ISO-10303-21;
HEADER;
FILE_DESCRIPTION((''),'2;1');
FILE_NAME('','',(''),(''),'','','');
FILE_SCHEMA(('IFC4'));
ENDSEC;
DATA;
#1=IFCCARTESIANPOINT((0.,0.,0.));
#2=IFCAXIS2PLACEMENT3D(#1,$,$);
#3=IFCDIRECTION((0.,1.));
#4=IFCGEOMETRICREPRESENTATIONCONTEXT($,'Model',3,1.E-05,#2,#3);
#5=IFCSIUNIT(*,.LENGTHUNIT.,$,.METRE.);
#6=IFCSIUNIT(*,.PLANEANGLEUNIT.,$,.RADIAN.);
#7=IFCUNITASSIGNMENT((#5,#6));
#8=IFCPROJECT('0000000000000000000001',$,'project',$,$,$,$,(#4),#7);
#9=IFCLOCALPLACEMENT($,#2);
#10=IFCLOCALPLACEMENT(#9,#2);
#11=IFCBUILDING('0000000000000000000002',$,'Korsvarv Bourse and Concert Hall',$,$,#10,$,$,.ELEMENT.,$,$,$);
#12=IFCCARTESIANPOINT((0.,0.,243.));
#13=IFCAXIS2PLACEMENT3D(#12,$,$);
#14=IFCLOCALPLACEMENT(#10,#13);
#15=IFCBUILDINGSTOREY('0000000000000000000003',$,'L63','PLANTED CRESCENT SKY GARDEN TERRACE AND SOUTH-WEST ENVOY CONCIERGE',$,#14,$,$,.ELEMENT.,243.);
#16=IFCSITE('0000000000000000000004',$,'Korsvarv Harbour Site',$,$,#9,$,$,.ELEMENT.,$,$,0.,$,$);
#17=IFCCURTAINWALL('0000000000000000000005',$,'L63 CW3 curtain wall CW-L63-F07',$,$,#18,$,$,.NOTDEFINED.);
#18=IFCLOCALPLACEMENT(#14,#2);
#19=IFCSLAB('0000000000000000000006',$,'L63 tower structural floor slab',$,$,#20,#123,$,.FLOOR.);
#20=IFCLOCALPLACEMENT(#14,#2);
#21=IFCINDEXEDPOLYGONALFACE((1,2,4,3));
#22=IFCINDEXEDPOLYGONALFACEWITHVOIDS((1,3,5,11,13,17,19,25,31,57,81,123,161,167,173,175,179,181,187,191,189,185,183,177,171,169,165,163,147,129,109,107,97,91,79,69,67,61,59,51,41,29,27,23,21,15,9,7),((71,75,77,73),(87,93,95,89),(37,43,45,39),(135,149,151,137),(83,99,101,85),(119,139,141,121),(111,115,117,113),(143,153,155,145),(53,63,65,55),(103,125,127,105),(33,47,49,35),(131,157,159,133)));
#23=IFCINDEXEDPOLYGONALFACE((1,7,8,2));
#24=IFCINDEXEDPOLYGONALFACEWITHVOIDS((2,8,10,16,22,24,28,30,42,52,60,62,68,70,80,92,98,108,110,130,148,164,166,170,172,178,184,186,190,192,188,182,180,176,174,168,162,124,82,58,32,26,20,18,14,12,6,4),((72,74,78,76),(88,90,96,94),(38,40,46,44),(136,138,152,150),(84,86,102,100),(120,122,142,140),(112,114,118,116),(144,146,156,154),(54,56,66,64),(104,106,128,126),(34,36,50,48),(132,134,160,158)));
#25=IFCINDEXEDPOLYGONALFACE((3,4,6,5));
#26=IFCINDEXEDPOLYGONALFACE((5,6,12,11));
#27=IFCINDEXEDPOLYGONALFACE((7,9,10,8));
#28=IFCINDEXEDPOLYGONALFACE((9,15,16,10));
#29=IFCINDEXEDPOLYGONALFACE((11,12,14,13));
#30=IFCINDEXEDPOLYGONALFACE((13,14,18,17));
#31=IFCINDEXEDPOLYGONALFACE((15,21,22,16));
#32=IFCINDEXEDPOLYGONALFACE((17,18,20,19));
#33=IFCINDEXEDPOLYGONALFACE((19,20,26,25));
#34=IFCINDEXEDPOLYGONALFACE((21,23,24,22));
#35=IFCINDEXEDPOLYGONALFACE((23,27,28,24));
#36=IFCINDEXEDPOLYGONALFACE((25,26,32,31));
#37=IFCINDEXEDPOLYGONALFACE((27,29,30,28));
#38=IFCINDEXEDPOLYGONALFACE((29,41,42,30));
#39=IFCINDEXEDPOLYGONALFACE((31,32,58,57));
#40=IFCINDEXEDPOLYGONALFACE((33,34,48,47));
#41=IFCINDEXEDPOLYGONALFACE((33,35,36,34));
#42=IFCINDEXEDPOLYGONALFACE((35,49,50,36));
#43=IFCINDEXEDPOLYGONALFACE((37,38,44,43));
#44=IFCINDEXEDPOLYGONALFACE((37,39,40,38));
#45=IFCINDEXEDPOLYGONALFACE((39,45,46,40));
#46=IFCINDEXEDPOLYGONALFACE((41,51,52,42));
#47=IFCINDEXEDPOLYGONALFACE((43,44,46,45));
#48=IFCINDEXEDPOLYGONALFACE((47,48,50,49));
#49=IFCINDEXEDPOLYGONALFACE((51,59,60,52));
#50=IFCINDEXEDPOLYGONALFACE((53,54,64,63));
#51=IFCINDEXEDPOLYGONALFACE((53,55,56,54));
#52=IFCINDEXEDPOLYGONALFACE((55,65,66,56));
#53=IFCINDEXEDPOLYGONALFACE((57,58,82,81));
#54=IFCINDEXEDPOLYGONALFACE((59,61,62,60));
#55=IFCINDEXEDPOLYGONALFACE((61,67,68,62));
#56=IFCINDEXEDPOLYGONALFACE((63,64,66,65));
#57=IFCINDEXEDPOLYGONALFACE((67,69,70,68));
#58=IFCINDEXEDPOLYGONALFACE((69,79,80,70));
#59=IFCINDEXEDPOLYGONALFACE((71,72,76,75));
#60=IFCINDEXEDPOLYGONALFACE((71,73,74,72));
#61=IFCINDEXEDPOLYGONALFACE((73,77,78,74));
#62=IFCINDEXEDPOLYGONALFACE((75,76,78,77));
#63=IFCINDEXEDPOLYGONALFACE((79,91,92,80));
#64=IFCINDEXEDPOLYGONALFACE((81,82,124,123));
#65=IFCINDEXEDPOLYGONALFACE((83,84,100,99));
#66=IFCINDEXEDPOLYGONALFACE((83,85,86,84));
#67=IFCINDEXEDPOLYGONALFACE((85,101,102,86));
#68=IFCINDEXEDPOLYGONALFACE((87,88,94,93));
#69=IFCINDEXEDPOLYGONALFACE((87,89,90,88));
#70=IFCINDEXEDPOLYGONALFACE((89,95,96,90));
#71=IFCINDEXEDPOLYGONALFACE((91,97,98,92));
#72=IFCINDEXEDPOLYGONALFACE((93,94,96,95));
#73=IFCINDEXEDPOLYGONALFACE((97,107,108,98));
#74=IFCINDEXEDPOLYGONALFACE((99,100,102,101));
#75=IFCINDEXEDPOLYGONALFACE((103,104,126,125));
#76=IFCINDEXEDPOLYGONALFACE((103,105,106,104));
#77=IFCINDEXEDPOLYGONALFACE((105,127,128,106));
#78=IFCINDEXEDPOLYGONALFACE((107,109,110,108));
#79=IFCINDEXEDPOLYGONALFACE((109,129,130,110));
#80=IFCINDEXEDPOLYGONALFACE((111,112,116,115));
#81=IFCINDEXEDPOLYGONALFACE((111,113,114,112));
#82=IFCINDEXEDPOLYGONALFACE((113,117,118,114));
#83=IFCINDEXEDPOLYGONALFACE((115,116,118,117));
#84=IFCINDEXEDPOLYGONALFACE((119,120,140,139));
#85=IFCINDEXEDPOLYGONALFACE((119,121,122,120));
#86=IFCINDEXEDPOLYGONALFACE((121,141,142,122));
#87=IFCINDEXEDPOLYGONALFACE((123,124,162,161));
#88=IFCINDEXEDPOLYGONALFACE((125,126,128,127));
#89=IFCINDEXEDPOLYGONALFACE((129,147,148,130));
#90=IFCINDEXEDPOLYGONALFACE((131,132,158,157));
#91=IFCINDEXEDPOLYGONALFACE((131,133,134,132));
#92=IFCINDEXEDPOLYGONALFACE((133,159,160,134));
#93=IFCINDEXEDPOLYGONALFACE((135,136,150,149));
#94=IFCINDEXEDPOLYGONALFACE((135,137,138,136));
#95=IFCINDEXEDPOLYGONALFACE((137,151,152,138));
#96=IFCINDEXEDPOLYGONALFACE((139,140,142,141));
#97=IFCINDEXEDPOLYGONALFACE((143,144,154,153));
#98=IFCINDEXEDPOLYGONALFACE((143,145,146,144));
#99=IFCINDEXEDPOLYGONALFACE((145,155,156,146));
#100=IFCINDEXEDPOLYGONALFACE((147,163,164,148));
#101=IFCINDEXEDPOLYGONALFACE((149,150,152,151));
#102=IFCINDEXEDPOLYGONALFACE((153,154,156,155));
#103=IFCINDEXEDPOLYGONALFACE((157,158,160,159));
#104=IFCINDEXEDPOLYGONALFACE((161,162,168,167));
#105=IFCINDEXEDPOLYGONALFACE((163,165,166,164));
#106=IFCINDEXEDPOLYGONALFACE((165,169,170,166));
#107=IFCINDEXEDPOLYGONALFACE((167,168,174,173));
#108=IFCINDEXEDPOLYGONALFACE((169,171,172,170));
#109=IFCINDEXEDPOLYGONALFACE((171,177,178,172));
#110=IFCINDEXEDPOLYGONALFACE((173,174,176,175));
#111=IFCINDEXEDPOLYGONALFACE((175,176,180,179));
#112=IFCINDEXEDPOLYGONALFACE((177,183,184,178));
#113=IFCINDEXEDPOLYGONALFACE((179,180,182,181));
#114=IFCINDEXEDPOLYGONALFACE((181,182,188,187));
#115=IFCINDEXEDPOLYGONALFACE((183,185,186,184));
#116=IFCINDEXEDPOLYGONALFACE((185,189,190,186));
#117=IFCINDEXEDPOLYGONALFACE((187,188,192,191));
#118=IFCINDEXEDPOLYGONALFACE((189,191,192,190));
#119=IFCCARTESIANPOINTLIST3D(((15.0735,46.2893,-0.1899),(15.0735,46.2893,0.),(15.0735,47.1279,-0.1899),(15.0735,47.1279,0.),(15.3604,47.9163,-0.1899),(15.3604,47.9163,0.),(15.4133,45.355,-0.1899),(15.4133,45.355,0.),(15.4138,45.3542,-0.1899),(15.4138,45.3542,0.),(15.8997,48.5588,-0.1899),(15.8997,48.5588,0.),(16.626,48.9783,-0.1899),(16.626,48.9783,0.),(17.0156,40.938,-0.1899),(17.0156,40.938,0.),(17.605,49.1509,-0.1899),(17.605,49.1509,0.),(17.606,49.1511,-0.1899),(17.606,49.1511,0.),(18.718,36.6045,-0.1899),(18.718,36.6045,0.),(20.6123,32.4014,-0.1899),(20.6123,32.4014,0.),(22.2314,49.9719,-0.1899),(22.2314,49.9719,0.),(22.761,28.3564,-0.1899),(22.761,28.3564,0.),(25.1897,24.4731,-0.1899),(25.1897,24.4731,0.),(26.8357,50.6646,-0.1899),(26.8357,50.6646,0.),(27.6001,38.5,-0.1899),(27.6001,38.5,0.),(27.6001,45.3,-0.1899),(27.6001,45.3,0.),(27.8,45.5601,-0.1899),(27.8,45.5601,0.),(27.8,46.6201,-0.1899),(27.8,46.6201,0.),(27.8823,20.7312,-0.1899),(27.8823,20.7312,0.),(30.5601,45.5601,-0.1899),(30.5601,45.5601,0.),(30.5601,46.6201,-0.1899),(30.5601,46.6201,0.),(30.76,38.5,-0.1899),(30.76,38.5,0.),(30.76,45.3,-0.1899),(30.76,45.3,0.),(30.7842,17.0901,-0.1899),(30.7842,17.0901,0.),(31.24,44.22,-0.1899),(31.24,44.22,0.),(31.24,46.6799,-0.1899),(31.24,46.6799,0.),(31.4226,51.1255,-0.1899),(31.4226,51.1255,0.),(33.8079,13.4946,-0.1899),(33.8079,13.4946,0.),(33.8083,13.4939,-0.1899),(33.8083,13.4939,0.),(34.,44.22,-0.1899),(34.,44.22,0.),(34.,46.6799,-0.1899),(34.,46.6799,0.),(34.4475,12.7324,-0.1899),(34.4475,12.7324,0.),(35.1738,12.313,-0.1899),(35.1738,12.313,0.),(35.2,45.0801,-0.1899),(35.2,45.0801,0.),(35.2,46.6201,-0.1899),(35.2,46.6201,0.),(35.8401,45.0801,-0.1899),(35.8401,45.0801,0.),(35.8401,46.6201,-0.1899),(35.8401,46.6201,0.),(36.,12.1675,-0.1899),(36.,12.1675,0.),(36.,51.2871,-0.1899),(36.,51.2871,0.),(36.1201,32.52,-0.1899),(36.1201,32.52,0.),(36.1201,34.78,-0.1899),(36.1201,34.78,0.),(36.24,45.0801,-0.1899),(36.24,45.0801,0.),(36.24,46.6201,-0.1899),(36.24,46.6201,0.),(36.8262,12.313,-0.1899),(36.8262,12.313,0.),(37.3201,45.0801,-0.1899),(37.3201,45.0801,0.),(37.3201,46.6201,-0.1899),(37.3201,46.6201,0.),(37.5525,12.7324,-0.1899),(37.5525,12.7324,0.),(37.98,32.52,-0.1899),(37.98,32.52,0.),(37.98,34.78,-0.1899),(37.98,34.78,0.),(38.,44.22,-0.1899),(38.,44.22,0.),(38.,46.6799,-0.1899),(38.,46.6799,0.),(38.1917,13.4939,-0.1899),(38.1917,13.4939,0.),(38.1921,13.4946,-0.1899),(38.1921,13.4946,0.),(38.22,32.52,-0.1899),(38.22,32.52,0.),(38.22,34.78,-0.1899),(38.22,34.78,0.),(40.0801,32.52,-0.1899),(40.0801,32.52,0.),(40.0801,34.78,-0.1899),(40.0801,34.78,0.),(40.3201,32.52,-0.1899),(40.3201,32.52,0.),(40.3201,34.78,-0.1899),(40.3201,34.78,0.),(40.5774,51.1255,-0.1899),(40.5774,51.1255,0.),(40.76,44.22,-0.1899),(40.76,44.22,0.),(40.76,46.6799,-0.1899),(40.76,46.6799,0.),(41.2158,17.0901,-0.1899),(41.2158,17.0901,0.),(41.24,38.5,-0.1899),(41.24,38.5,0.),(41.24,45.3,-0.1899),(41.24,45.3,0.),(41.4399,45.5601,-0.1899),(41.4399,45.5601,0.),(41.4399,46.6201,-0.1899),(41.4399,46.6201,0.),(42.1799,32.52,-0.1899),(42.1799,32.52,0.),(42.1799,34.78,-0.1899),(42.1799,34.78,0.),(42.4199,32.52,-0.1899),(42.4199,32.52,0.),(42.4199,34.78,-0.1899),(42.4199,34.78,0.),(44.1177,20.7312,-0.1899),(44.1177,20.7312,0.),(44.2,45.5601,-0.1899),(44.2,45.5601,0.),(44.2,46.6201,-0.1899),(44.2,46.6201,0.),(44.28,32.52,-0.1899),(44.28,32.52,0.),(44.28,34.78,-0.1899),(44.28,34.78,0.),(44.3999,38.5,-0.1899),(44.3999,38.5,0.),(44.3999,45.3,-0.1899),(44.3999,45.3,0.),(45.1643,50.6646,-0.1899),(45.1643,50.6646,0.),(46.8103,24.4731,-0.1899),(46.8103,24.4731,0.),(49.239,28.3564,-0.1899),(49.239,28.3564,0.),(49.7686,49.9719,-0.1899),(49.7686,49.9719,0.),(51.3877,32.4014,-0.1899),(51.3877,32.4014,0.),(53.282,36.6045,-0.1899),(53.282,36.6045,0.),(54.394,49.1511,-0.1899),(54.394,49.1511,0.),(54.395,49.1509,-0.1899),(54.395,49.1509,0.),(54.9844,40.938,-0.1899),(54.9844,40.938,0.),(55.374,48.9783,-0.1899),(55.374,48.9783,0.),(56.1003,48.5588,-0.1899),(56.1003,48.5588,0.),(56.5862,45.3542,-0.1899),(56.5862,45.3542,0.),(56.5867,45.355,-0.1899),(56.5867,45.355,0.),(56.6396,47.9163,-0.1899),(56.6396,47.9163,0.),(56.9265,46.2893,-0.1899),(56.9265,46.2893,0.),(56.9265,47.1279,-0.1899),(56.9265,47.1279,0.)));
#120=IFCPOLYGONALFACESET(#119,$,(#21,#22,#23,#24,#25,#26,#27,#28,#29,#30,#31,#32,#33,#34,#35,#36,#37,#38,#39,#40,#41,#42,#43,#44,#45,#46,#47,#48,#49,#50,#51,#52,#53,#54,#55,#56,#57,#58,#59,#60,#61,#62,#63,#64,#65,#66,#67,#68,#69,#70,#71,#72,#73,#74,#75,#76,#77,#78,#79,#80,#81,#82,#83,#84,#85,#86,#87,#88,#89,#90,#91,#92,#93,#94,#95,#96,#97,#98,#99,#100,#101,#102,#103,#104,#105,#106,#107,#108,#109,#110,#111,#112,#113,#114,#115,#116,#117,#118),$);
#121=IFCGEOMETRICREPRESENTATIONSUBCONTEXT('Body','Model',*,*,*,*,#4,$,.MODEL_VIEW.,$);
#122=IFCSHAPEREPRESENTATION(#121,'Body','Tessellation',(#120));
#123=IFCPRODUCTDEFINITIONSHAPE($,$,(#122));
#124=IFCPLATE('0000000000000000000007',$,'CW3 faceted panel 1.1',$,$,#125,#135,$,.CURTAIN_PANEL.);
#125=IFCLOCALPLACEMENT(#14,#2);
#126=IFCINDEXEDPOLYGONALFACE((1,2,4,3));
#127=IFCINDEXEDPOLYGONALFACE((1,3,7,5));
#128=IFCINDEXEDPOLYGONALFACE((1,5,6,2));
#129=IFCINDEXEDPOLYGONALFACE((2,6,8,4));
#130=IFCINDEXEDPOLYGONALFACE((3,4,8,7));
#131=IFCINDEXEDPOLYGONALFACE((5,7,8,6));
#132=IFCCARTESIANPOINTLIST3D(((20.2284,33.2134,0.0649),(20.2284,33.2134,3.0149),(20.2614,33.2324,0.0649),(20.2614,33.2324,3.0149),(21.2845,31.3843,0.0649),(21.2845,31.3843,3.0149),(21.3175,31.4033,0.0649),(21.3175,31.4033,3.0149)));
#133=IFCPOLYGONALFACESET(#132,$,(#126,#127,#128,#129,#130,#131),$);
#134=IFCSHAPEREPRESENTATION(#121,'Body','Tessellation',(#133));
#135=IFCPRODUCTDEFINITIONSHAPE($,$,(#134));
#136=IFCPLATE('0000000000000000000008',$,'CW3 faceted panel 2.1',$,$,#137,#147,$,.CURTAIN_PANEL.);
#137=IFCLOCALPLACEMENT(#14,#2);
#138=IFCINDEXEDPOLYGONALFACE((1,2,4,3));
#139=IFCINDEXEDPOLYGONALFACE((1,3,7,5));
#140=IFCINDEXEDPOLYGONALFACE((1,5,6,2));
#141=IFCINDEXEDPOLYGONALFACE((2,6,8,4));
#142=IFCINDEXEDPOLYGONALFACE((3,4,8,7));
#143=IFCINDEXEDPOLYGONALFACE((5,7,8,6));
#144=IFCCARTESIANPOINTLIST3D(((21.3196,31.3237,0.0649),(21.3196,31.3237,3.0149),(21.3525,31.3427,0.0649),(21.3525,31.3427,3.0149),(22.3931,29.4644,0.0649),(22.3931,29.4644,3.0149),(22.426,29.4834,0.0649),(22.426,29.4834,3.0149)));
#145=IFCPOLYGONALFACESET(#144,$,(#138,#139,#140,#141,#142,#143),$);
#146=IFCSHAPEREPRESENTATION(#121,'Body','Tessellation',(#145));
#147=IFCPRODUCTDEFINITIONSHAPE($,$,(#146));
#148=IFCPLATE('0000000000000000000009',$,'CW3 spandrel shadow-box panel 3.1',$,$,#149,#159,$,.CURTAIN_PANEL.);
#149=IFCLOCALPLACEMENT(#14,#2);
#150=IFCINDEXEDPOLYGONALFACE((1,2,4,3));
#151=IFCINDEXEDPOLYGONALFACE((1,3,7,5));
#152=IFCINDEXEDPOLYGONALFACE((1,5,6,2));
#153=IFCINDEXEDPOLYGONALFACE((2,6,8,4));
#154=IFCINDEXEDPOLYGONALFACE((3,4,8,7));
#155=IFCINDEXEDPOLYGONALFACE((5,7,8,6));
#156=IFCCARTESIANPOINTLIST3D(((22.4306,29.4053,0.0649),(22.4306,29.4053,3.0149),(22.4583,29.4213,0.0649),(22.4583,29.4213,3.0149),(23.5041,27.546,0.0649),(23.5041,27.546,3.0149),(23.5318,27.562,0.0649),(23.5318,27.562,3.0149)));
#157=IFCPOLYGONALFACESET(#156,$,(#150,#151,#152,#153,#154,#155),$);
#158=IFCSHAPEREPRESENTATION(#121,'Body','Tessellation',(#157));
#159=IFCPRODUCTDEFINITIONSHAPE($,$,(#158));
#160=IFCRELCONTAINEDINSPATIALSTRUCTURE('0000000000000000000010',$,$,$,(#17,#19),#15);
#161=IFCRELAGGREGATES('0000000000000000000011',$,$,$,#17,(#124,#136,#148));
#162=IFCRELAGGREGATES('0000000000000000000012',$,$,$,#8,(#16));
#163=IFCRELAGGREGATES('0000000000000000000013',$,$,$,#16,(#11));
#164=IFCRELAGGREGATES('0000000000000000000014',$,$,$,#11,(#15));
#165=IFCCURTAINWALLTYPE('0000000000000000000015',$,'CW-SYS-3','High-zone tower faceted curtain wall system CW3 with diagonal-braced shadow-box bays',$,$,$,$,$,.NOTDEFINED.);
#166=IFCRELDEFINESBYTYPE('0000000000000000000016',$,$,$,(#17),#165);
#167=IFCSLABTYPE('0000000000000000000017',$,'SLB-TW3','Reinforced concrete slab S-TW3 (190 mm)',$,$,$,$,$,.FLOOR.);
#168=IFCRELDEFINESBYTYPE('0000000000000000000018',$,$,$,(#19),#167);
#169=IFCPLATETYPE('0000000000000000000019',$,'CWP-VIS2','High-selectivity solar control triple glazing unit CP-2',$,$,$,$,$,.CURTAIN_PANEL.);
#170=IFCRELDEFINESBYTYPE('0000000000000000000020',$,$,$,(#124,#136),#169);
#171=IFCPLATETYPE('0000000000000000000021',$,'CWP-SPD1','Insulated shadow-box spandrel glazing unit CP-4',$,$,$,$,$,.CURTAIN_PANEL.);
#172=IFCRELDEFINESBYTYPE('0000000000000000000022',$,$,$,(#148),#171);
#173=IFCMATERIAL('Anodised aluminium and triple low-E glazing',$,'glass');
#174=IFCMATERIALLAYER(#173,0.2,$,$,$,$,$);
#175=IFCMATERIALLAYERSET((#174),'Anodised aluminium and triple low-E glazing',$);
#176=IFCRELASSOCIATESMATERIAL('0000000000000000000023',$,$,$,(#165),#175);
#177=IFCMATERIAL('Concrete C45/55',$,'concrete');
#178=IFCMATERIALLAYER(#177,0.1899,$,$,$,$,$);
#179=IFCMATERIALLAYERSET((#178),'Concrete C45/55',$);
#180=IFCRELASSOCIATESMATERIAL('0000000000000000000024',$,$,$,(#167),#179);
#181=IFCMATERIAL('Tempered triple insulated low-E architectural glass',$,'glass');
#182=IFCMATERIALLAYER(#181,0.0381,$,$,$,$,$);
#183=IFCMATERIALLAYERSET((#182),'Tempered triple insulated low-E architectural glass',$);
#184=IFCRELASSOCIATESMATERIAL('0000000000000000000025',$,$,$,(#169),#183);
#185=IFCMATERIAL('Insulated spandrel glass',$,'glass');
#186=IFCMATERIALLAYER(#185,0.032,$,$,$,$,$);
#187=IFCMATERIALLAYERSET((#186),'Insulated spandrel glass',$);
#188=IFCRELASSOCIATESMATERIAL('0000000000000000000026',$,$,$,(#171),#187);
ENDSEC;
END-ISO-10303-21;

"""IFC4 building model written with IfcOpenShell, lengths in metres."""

from ifc_helpers import new_model, si_unit, direction, frame, origin, origin_2d, place, context, subcontext, project, spatial, polyline, rectangle, outline, extrude, source, transform, mapped, material, layer, layer_set, type_object, element, aggregate, save


model = new_model("IFC4")

# Units and contexts
model_context = context("Model", 3, precision=1e-05, world=origin(), true_north=direction((0.0, 1.0)))
body_context = subcontext(model_context, "Body", "Model", "MODEL_VIEW")
ifc_project = project(units=[si_unit("LENGTHUNIT", "METRE"), si_unit("PLANEANGLEUNIT", "RADIAN")], contexts=[model_context])

# Site, building, storey
site_placement = place(None, origin())
site = spatial("IfcSite", under=ifc_project, at=site_placement, Name="Korsvarv Harbour Site", CompositionType="ELEMENT", RefElevation=0.0)
building_placement = place(site_placement, origin())
building = spatial("IfcBuilding", under=site, at=building_placement, Name="Korsvarv Bourse and Concert Hall", CompositionType="ELEMENT")
storey_placement = place(building_placement, frame((0.0, 0.0, 243.0)))
storey = spatial("IfcBuildingStorey", under=building, at=storey_placement, Name="L63", Description="PLANTED CRESCENT SKY GARDEN TERRACE AND SOUTH-WEST ENVOY CONCIERGE", CompositionType="ELEMENT", Elevation=243.0)

# Curtain wall
ifc_material_1 = material(Name="Anodised aluminium and triple low-E glazing", Category="glass")
ifc_layer_1 = layer(ifc_material_1, 0.2)
ifc_layer_set_1 = layer_set([ifc_layer_1], Name="Anodised aluminium and triple low-E glazing")
curtain_wall_type = type_object("IfcCurtainWallType", Name="CW-SYS-3", Description="High-zone tower faceted curtain wall system CW3 with diagonal-braced shadow-box bays", PredefinedType="NOTDEFINED", material=ifc_layer_set_1)
curtain_wall_placement = place(storey_placement, origin())
curtain_wall = element("IfcCurtainWall", 1, at=curtain_wall_placement, inside=storey, type_object=curtain_wall_type, Name="L63 CW3 curtain wall CW-L63-F07", PredefinedType="NOTDEFINED")

# Shared definitions
ifc_material_2 = material(Name="Concrete C45/55", Category="concrete")

# Slab
ifc_layer_2 = layer(ifc_material_2, 0.1899)
ifc_layer_set_2 = layer_set([ifc_layer_2], Name="Concrete C45/55")
slab_type_1 = type_object("IfcSlabType", Name="SLB-TW3", Description="Reinforced concrete slab S-TW3 (190 mm)", PredefinedType="FLOOR", material=ifc_layer_set_2)
slab_1_placement = place(storey_placement, frame((0.0, 0.0, -0.1899)))
element("IfcSlab", 2, at=slab_1_placement, inside=storey, type_object=slab_type_1, Name="L63 tower structural floor slab", PredefinedType="FLOOR", context=body_context, shape_type="SweptSolid", body=[
    extrude(outline(polyline([(56.5862, 45.3542), (54.9844, 40.938), (53.282, 36.6045), (51.3877, 32.4014), (49.239, 28.3564), (46.8103, 24.4731), (44.1177, 20.7312), (41.2158, 17.0901), (38.1921, 13.4946), (38.1917, 13.4939), (37.5525, 12.7324), (36.8262, 12.313), (36.0, 12.1675), (35.1738, 12.313), (34.4475, 12.7324), (33.8083, 13.4939), (33.8079, 13.4946), (30.7842, 17.0901), (27.8823, 20.7312), (25.1897, 24.4731), (22.761, 28.3564), (20.6123, 32.4014), (18.718, 36.6045), (17.0156, 40.938), (15.4138, 45.3542), (15.4133, 45.355), (15.0735, 46.2893), (15.0735, 47.1279), (15.3604, 47.9163), (15.8997, 48.5588), (16.626, 48.9783), (17.605, 49.1509), (17.606, 49.1511), (22.2314, 49.9719), (26.8357, 50.6646), (31.4226, 51.1255), (36.0, 51.2871), (40.5774, 51.1255), (45.1643, 50.6646), (49.7686, 49.9719), (54.394, 49.1511), (54.395, 49.1509), (55.374, 48.9783), (56.1003, 48.5588), (56.6396, 47.9163), (56.9265, 47.1279), (56.9265, 46.2893), (56.5867, 45.355), (56.5862, 45.3542)]), holes=[polyline([(30.76, 38.5), (30.76, 45.3), (27.6001, 45.3), (27.6001, 38.5), (30.76, 38.5)]), polyline([(44.3999, 38.5), (44.3999, 45.3), (41.24, 45.3), (41.24, 38.5), (44.3999, 38.5)]), polyline([(31.24, 44.22), (34.0, 44.22), (34.0, 46.6799), (31.24, 46.6799), (31.24, 44.22)]), polyline([(38.0, 44.22), (40.76, 44.22), (40.76, 46.6799), (38.0, 46.6799), (38.0, 44.22)]), polyline([(36.1201, 32.52), (37.98, 32.52), (37.98, 34.78), (36.1201, 34.78), (36.1201, 32.52)]), polyline([(38.22, 32.52), (40.0801, 32.52), (40.0801, 34.78), (38.22, 34.78), (38.22, 32.52)]), polyline([(40.3201, 32.52), (42.1799, 32.52), (42.1799, 34.78), (40.3201, 34.78), (40.3201, 32.52)]), polyline([(42.4199, 32.52), (44.28, 32.52), (44.28, 34.78), (42.4199, 34.78), (42.4199, 32.52)]), polyline([(27.8, 45.5601), (30.5601, 45.5601), (30.5601, 46.6201), (27.8, 46.6201), (27.8, 45.5601)]), polyline([(41.4399, 45.5601), (44.2, 45.5601), (44.2, 46.6201), (41.4399, 46.6201), (41.4399, 45.5601)]), polyline([(35.2, 45.0801), (35.8401, 45.0801), (35.8401, 46.6201), (35.2, 46.6201), (35.2, 45.0801)]), polyline([(36.24, 45.0801), (37.3201, 45.0801), (37.3201, 46.6201), (36.24, 46.6201), (36.24, 45.0801)])]), origin(), (0.0, 0.0, 1.0), 0.1899),
])

# Plates
ifc_material_3 = material(Name="Tempered triple insulated low-E architectural glass", Category="glass")
ifc_layer_3 = layer(ifc_material_3, 0.0381)
ifc_layer_set_3 = layer_set([ifc_layer_3], Name="Tempered triple insulated low-E architectural glass")
plate_type_1 = type_object("IfcPlateType", Name="CWP-VIS2", Description="High-selectivity solar control triple glazing unit CP-2", PredefinedType="CURTAIN_PANEL", material=ifc_layer_set_3)
shared_shape_1 = source(origin(), body_context, "Body", "SweptSolid", [
    extrude(rectangle(XDim=2.1121, YDim=0.0381, at=origin_2d()), origin(), (0.0, 0.0, 1.0), 2.95),
])
plate_1_placement = place(storey_placement, frame((20.7729, 32.3083, 0.0649), z_axis=(0.0, 0.0, 1.0), x_axis=(0.500006, -0.866022, 0.0)))
plate_1 = element("IfcPlate", 3, at=plate_1_placement, type_object=plate_type_1, Name="CW3 faceted panel 1.1", PredefinedType="CURTAIN_PANEL", context=body_context, shape_type="MappedRepresentation", body=[
    mapped(shared_shape_1, transform((0.0, 0.0, 0.0), scale=1.0)),
])
shared_shape_2 = source(origin(), body_context, "Body", "SweptSolid", [
    extrude(rectangle(XDim=2.147, YDim=0.0381, at=origin_2d()), origin(), (0.0, 0.0, 1.0), 2.95),
])
plate_2_placement = place(storey_placement, frame((21.8728, 30.4036, 0.0649), z_axis=(0.0, 0.0, 1.0), x_axis=(0.500006, -0.866022, 0.0)))
plate_2 = element("IfcPlate", 4, at=plate_2_placement, type_object=plate_type_1, Name="CW3 faceted panel 2.1", PredefinedType="CURTAIN_PANEL", context=body_context, shape_type="MappedRepresentation", body=[
    mapped(shared_shape_2, transform((0.0, 0.0, 0.0), scale=1.0)),
])
ifc_material_4 = material(Name="Insulated spandrel glass", Category="glass")
ifc_layer_4 = layer(ifc_material_4, 0.032)
ifc_layer_set_4 = layer_set([ifc_layer_4], Name="Insulated spandrel glass")
plate_type_2 = type_object("IfcPlateType", Name="CWP-SPD1", Description="Insulated shadow-box spandrel glazing unit CP-4", PredefinedType="CURTAIN_PANEL", material=ifc_layer_set_4)
shared_shape_3 = source(origin(), body_context, "Body", "SweptSolid", [
    extrude(rectangle(XDim=2.147, YDim=0.032, at=origin_2d()), origin(), (0.0, 0.0, 1.0), 2.95),
])
plate_3_placement = place(storey_placement, frame((22.9812, 28.4836, 0.0649), z_axis=(0.0, 0.0, 1.0), x_axis=(0.500006, -0.866022, 0.0)))
plate_3 = element("IfcPlate", 5, at=plate_3_placement, type_object=plate_type_2, Name="CW3 spandrel shadow-box panel 3.1", PredefinedType="CURTAIN_PANEL", context=body_context, shape_type="MappedRepresentation", body=[
    mapped(shared_shape_3, transform((0.0, 0.0, 0.0), scale=1.0)),
])
aggregate(curtain_wall, [plate_1, plate_2, plate_3])

save(model, "model.ifc")
